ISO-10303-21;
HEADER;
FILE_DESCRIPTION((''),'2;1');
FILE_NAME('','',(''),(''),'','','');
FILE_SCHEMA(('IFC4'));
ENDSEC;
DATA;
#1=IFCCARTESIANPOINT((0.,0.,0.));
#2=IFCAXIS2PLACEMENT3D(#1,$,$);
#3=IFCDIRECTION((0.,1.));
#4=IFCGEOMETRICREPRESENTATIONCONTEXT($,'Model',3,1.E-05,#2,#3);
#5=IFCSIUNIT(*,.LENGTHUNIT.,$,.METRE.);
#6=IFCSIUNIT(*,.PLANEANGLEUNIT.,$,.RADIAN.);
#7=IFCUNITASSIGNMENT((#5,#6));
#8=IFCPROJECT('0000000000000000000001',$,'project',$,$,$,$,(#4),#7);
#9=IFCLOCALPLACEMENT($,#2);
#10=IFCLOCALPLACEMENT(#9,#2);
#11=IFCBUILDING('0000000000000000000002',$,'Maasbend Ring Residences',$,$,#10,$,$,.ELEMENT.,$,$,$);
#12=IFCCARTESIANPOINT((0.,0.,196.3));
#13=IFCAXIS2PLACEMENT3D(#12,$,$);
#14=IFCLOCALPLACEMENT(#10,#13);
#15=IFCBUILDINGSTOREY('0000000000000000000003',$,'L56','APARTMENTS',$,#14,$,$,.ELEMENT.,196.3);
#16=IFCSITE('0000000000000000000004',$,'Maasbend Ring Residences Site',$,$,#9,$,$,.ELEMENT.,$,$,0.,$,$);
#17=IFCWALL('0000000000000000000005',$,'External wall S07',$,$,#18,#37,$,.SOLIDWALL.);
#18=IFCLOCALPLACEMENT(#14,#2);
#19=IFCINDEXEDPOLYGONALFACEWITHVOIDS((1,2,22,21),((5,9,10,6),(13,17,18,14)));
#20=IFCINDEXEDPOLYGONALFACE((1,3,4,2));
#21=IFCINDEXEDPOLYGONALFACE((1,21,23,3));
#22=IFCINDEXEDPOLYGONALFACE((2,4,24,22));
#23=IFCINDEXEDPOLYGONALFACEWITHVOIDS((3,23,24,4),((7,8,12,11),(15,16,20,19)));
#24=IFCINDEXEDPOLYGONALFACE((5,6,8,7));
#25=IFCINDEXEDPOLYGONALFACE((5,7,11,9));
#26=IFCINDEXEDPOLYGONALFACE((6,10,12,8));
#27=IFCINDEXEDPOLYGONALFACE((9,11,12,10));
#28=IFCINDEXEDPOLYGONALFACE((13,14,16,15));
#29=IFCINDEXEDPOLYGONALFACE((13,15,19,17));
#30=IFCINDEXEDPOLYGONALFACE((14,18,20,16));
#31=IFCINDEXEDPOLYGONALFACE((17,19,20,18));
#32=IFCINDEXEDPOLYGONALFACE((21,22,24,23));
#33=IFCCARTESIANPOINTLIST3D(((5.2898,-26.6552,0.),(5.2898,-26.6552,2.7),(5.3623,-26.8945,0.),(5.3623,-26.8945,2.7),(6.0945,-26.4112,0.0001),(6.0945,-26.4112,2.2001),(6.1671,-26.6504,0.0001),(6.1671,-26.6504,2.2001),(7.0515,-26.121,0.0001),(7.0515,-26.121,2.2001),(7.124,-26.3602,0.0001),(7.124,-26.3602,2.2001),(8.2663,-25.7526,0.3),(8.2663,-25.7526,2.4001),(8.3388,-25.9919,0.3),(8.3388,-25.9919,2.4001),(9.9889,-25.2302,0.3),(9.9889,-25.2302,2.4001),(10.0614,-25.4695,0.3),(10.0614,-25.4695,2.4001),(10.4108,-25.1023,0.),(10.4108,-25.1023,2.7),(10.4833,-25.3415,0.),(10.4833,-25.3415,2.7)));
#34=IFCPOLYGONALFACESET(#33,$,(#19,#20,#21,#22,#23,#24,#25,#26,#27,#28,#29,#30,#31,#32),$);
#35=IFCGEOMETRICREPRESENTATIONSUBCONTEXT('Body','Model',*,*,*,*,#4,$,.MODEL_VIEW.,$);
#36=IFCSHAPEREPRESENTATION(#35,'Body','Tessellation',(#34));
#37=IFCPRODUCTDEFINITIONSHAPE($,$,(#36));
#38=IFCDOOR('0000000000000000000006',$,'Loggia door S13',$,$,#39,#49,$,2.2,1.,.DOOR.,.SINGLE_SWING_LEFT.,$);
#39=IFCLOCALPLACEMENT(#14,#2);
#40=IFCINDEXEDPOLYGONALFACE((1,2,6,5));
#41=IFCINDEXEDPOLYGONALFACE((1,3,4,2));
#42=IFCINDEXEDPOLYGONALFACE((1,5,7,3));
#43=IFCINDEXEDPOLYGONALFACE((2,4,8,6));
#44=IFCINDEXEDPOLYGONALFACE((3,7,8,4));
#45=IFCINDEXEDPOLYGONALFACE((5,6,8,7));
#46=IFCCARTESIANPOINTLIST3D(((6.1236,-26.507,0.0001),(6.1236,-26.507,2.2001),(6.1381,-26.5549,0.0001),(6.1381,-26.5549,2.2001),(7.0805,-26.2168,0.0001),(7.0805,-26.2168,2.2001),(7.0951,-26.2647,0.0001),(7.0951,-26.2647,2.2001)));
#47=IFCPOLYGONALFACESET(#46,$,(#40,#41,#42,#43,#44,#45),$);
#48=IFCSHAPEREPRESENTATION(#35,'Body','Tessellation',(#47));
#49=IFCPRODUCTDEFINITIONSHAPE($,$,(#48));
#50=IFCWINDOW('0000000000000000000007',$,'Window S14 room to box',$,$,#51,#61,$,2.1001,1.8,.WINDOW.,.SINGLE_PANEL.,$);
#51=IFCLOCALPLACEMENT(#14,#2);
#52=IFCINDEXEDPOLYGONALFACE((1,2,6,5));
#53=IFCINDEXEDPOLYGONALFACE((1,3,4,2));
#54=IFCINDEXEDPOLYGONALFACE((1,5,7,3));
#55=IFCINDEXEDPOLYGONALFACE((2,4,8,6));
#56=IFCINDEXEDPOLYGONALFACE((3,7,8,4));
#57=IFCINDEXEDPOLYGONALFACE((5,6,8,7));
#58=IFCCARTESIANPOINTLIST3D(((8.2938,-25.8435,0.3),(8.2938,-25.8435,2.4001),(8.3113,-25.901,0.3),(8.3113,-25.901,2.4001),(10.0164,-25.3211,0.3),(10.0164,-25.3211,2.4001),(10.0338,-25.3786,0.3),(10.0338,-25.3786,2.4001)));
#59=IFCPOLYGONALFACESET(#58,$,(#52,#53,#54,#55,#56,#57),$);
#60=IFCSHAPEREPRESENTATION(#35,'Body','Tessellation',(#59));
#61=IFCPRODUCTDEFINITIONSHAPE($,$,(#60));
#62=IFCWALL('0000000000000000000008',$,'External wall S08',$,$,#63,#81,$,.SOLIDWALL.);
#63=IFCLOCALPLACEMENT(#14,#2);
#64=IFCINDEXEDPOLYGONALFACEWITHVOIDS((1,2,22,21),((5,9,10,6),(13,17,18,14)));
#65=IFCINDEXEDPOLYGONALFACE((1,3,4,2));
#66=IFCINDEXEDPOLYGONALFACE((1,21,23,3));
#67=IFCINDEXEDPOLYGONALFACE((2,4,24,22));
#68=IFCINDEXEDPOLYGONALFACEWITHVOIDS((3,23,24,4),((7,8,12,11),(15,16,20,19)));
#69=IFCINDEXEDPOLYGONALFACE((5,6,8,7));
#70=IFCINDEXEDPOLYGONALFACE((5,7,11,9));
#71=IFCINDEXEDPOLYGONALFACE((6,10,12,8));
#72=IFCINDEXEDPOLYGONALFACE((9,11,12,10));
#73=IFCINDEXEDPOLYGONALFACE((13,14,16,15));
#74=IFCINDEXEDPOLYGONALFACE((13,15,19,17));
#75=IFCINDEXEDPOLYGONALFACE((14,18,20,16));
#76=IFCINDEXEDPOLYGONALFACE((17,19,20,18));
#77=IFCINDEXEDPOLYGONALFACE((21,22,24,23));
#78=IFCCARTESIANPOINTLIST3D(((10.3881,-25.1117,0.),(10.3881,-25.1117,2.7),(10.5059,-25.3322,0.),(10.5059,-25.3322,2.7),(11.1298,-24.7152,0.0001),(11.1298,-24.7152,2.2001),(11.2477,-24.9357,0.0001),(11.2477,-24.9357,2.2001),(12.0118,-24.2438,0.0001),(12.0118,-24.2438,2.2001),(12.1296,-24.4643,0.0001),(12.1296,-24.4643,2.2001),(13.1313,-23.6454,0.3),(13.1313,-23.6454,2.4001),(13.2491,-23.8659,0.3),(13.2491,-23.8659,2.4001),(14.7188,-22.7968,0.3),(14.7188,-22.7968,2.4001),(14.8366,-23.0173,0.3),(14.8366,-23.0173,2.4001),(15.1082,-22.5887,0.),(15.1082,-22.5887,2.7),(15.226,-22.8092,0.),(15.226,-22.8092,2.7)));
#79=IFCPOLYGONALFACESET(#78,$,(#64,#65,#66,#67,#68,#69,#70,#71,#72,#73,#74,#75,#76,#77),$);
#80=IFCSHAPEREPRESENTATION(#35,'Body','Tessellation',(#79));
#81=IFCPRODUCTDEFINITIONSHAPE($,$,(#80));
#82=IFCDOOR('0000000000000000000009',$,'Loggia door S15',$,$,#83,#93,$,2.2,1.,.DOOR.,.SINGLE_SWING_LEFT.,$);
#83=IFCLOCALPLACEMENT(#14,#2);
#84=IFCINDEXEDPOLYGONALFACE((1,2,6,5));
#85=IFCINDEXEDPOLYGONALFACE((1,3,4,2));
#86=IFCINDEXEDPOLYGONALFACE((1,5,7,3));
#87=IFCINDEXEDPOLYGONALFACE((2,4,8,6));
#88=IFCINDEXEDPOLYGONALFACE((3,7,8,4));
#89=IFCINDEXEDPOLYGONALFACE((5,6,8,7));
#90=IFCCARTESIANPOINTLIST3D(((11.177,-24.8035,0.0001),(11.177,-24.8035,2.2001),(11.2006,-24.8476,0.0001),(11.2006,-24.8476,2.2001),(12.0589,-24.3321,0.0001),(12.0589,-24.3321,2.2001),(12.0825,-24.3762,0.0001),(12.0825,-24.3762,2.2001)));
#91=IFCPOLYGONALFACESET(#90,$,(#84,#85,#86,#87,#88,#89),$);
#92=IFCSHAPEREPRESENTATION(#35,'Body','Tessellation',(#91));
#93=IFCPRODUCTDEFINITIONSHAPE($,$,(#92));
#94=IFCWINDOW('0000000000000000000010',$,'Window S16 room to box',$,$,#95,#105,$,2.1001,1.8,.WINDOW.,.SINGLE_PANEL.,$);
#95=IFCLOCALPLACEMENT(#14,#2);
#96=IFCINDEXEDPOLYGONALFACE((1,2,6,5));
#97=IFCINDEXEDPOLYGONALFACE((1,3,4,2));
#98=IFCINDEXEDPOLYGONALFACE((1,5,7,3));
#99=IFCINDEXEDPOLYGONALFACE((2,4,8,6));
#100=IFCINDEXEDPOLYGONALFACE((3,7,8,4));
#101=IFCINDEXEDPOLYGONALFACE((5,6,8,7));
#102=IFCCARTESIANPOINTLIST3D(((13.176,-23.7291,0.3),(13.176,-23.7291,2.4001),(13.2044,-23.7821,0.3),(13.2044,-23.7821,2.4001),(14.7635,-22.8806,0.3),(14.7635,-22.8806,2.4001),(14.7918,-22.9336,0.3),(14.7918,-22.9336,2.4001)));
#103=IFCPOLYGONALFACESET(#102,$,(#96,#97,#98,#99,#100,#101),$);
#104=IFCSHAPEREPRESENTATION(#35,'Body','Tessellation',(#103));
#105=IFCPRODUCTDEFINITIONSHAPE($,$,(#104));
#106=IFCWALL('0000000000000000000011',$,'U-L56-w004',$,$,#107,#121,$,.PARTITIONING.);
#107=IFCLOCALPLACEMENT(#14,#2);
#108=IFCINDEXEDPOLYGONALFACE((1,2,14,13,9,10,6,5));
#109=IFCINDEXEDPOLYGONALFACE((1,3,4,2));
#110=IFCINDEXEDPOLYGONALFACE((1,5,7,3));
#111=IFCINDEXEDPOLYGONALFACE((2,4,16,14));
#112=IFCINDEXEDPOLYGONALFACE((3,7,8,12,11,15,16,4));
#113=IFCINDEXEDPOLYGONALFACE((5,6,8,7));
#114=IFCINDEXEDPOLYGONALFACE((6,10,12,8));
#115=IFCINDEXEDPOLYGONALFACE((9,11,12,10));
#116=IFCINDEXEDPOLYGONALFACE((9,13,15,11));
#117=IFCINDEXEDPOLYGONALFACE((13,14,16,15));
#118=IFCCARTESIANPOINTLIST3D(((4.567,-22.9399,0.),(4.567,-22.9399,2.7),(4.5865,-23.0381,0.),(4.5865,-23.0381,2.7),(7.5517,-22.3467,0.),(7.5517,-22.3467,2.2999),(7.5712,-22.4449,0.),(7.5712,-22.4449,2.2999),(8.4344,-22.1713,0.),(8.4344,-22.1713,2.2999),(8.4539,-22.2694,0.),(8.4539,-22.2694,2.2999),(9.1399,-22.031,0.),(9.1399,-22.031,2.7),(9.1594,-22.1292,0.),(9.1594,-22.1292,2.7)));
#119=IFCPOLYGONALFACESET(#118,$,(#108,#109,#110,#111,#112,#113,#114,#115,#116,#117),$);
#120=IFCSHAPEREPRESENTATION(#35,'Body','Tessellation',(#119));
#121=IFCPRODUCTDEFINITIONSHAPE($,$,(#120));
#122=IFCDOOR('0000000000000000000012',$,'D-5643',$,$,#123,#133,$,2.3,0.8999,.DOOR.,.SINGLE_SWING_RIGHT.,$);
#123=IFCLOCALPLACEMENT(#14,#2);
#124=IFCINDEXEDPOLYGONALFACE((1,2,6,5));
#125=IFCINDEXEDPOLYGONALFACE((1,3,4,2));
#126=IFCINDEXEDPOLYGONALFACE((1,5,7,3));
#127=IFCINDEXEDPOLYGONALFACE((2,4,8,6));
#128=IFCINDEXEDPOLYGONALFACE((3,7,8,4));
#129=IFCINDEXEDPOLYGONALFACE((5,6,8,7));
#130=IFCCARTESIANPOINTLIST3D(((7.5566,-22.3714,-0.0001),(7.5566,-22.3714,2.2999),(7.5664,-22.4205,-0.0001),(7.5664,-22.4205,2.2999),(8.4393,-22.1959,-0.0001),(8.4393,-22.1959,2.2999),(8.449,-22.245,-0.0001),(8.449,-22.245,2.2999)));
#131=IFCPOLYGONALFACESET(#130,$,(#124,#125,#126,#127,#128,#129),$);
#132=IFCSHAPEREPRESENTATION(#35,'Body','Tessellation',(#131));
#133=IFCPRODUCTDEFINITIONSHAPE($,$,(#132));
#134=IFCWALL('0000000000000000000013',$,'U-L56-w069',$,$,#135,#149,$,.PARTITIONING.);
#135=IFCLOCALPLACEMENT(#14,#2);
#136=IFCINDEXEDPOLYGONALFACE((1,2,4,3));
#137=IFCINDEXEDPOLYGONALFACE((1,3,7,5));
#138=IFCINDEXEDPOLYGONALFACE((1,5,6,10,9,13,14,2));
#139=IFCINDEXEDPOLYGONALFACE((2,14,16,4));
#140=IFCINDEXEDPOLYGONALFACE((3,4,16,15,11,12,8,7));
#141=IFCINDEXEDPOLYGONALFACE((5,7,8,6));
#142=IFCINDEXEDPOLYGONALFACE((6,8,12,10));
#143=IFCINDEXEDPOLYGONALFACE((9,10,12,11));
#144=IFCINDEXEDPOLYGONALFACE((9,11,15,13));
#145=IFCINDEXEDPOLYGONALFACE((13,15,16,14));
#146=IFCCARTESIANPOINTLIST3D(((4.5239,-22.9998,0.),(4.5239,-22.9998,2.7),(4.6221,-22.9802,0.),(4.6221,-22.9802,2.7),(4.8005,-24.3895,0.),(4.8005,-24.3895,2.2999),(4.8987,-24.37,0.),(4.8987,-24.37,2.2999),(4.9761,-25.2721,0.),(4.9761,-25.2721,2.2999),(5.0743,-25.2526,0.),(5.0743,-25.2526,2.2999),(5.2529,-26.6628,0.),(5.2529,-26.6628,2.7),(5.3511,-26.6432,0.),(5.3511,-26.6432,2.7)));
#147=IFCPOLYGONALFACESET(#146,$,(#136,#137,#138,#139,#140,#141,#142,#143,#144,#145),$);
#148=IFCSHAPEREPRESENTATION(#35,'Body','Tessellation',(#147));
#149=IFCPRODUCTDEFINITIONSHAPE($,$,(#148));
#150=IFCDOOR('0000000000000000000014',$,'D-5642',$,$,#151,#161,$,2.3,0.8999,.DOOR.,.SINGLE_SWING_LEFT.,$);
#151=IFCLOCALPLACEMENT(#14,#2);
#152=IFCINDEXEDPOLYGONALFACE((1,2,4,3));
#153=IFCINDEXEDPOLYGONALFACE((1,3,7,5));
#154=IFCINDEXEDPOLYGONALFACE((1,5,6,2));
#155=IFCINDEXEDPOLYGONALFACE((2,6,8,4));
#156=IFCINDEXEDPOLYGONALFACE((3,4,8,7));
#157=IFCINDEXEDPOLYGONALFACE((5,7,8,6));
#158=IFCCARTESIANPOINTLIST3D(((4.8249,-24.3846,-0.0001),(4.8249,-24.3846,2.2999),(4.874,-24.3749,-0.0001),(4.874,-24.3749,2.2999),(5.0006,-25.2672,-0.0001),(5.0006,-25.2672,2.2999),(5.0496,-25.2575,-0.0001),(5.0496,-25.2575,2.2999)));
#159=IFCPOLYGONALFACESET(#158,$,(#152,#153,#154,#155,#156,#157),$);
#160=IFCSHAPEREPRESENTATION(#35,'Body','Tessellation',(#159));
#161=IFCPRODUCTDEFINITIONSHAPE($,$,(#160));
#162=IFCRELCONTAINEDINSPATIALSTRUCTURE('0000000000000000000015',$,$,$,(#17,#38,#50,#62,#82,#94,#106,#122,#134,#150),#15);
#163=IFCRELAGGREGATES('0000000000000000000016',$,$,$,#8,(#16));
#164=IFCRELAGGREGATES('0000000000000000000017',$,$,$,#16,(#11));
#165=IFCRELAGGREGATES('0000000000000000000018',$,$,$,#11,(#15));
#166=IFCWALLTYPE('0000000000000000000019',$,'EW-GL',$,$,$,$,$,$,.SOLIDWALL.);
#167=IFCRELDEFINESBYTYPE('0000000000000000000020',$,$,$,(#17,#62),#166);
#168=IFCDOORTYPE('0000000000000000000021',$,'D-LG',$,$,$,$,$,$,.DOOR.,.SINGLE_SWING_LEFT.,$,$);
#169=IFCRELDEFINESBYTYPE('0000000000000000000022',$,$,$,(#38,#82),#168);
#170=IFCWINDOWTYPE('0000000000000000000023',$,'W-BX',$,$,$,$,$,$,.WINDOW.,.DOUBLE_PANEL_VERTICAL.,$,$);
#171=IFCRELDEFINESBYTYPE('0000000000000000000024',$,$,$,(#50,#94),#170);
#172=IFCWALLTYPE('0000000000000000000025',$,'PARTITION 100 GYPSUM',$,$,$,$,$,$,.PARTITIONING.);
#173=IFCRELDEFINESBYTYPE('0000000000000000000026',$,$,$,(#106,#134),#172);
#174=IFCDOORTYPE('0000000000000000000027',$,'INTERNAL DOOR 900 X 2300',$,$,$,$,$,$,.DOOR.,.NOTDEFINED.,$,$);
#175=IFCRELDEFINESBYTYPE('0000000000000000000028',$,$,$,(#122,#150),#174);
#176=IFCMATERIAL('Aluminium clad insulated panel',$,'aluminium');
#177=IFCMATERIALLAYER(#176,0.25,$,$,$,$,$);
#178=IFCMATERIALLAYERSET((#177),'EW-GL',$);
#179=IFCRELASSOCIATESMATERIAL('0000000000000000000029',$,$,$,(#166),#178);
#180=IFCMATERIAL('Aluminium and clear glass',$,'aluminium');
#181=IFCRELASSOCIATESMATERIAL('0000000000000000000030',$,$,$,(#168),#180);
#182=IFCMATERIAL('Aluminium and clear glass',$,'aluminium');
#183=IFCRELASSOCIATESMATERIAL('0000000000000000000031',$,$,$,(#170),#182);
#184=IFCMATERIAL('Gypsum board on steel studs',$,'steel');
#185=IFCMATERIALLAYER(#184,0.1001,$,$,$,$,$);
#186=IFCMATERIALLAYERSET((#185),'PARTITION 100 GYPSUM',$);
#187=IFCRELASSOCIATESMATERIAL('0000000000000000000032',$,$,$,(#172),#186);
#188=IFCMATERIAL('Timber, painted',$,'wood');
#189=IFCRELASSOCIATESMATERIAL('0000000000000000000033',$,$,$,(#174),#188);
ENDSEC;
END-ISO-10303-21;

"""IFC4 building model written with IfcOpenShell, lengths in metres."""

from ifc_helpers import new_model, si_unit, direction, frame, frame_2d, origin, place, context, subcontext, project, spatial, rectangle, extrude, material, layer, layer_set, type_object, element, fill, save


model = new_model("IFC4")

# Units and contexts
model_context = context("Model", 3, precision=1e-05, world=origin(), true_north=direction((0.0, 1.0)))
body_context = subcontext(model_context, "Body", "Model", "MODEL_VIEW")
ifc_project = project(units=[si_unit("LENGTHUNIT", "METRE"), si_unit("PLANEANGLEUNIT", "RADIAN")], contexts=[model_context])

# Site, building, storey
site_placement = place(None, origin())
site = spatial("IfcSite", under=ifc_project, at=site_placement, Name="Maasbend Ring Residences Site", CompositionType="ELEMENT", RefElevation=0.0)
building_placement = place(site_placement, origin())
building = spatial("IfcBuilding", under=site, at=building_placement, Name="Maasbend Ring Residences", CompositionType="ELEMENT")
storey_placement = place(building_placement, frame((0.0, 0.0, 196.3)))
storey = spatial("IfcBuildingStorey", under=building, at=storey_placement, Name="L56", Description="APARTMENTS", CompositionType="ELEMENT", Elevation=196.3)

# Walls, openings, doors, windows
ifc_material_1 = material(Name="Aluminium clad insulated panel", Category="aluminium")
ifc_layer_1 = layer(ifc_material_1, 0.25)
ifc_layer_set_1 = layer_set([ifc_layer_1], Name="EW-GL")
wall_type_1 = type_object("IfcWallType", Name="EW-GL", PredefinedType="SOLIDWALL", material=ifc_layer_set_1)
wall_1_placement = place(storey_placement, frame((5.3259, -26.7749, 0.0), z_axis=(0.0, 0.0, 1.0), x_axis=(0.956966, 0.290201, 0.0)))
wall_1 = element("IfcWall", 1, at=wall_1_placement, inside=storey, type_object=wall_type_1, Name="External wall S07", PredefinedType="SOLIDWALL", context=body_context, shape_type="SweptSolid", body=[
    extrude(rectangle(XDim=5.3513, YDim=0.25, at=frame_2d((2.6758, 0.0))), origin(), (0.0, 0.0, 1.0), 2.7),
])
opening_1_placement = place(wall_1_placement, frame((0.8411, 0.0, 0.0)))
opening_1 = element("IfcOpeningElement", 2, at=opening_1_placement, cuts=wall_1, PredefinedType="OPENING", context=body_context, shape_type="SweptSolid", body=[
    extrude(rectangle(XDim=1.0, YDim=2.2, at=frame_2d((0.5, 1.1001))), frame((0.0, 0.135, 0.0), z_axis=(0.0, -1.0, 0.0), x_axis=(1.0, 0.0, 0.0)), (0.0, 0.0, 1.0), 0.27),
])
opening_2_placement = place(wall_1_placement, frame((3.1106, 0.0, 0.3)))
opening_2 = element("IfcOpeningElement", 3, at=opening_2_placement, cuts=wall_1, PredefinedType="OPENING", context=body_context, shape_type="SweptSolid", body=[
    extrude(rectangle(XDim=1.8, YDim=2.1001, at=frame_2d((0.8999, 1.05))), frame((0.0, 0.135, 0.0), z_axis=(0.0, -1.0, 0.0), x_axis=(1.0, 0.0, 0.0)), (0.0, 0.0, 1.0), 0.27),
])
ifc_material_2 = material(Name="Aluminium and clear glass", Category="aluminium")
door_type_1 = type_object("IfcDoorType", Name="D-LG", OperationType="SINGLE_SWING_LEFT", PredefinedType="DOOR", material=ifc_material_2)
door_1_placement = place(opening_1_placement, origin())
door_1 = element("IfcDoor", 4, at=door_1_placement, inside=storey, type_object=door_type_1, Name="Loggia door S13", OperationType="SINGLE_SWING_LEFT", OverallHeight=2.2, OverallWidth=1.0, PredefinedType="DOOR", context=body_context, shape_type="SweptSolid", body=[
    extrude(rectangle(XDim=1.0, YDim=2.2, at=frame_2d((0.5, 1.1001))), frame((0.0, 0.0249, 0.0), z_axis=(0.0, -1.0, 0.0), x_axis=(1.0, 0.0, 0.0)), (0.0, 0.0, 1.0), 0.05),
])
fill(opening_1, door_1)
ifc_material_3 = material(Name="Aluminium and clear glass", Category="aluminium")
window_type_1 = type_object("IfcWindowType", Name="W-BX", PartitioningType="DOUBLE_PANEL_VERTICAL", PredefinedType="WINDOW", material=ifc_material_3)
window_1_placement = place(opening_2_placement, origin())
window_1 = element("IfcWindow", 5, at=window_1_placement, inside=storey, type_object=window_type_1, Name="Window S14 room to box", OverallHeight=2.1001, OverallWidth=1.8, PartitioningType="SINGLE_PANEL", PredefinedType="WINDOW", context=body_context, shape_type="SweptSolid", body=[
    extrude(rectangle(XDim=1.8, YDim=2.1001, at=frame_2d((0.8999, 1.05))), frame((0.0, 0.03, 0.0), z_axis=(0.0, -1.0, 0.0), x_axis=(1.0, 0.0, 0.0)), (0.0, 0.0, 1.0), 0.0601),
])
fill(opening_2, window_1)
wall_2_placement = place(storey_placement, frame((10.447, -25.2219, 0.0), z_axis=(0.0, 0.0, 1.0), x_axis=(0.881916, 0.471407, 0.0)))
wall_2 = element("IfcWall", 6, at=wall_2_placement, inside=storey, type_object=wall_type_1, Name="External wall S08", PredefinedType="SOLIDWALL", context=body_context, shape_type="SweptSolid", body=[
    extrude(rectangle(XDim=5.3521, YDim=0.25, at=frame_2d((2.676, 0.0))), origin(), (0.0, 0.0, 1.0), 2.7),
])
opening_3_placement = place(wall_2_placement, frame((0.8411, 0.0, 0.0)))
opening_3 = element("IfcOpeningElement", 7, at=opening_3_placement, cuts=wall_2, PredefinedType="OPENING", context=body_context, shape_type="SweptSolid", body=[
    extrude(rectangle(XDim=1.0, YDim=2.2, at=frame_2d((0.5, 1.1001))), frame((0.0, 0.135, 0.0), z_axis=(0.0, -1.0, 0.0), x_axis=(1.0, 0.0, 0.0)), (0.0, 0.0, 1.0), 0.27),
])
opening_4_placement = place(wall_2_placement, frame((3.1106, 0.0, 0.3)))
opening_4 = element("IfcOpeningElement", 8, at=opening_4_placement, cuts=wall_2, PredefinedType="OPENING", context=body_context, shape_type="SweptSolid", body=[
    extrude(rectangle(XDim=1.8, YDim=2.1001, at=frame_2d((0.8999, 1.05))), frame((0.0, 0.135, 0.0), z_axis=(0.0, -1.0, 0.0), x_axis=(1.0, 0.0, 0.0)), (0.0, 0.0, 1.0), 0.27),
])
door_2_placement = place(opening_3_placement, origin())
door_2 = element("IfcDoor", 9, at=door_2_placement, inside=storey, type_object=door_type_1, Name="Loggia door S15", OperationType="SINGLE_SWING_LEFT", OverallHeight=2.2, OverallWidth=1.0, PredefinedType="DOOR", context=body_context, shape_type="SweptSolid", body=[
    extrude(rectangle(XDim=1.0, YDim=2.2, at=frame_2d((0.5, 1.1001))), frame((0.0, 0.0249, 0.0), z_axis=(0.0, -1.0, 0.0), x_axis=(1.0, 0.0, 0.0)), (0.0, 0.0, 1.0), 0.05),
])
fill(opening_3, door_2)
window_2_placement = place(opening_4_placement, origin())
window_2 = element("IfcWindow", 10, at=window_2_placement, inside=storey, type_object=window_type_1, Name="Window S16 room to box", OverallHeight=2.1001, OverallWidth=1.8, PartitioningType="SINGLE_PANEL", PredefinedType="WINDOW", context=body_context, shape_type="SweptSolid", body=[
    extrude(rectangle(XDim=1.8, YDim=2.1001, at=frame_2d((0.8999, 1.05))), frame((0.0, 0.03, 0.0), z_axis=(0.0, -1.0, 0.0), x_axis=(1.0, 0.0, 0.0)), (0.0, 0.0, 1.0), 0.0601),
])
fill(opening_4, window_2)

# Walls, openings, doors
ifc_material_4 = material(Name="Gypsum board on steel studs", Category="steel")
ifc_layer_2 = layer(ifc_material_4, 0.1001)
ifc_layer_set_2 = layer_set([ifc_layer_2], Name="PARTITION 100 GYPSUM")
wall_type_2 = type_object("IfcWallType", Name="PARTITION 100 GYPSUM", PredefinedType="PARTITIONING", material=ifc_layer_set_2)
wall_3_placement = place(storey_placement, frame((4.5769, -22.989, 0.0), z_axis=(0.0, 0.0, 1.0), x_axis=(0.980814, 0.194948, 0.0)))
wall_3 = element("IfcWall", 11, at=wall_3_placement, inside=storey, type_object=wall_type_2, Name="U-L56-w004", PredefinedType="PARTITIONING", context=body_context, shape_type="SweptSolid", body=[
    extrude(rectangle(XDim=4.6624, YDim=0.1001, at=frame_2d((2.3311, 0.0))), origin(), (0.0, 0.0, 1.0), 2.7),
])
opening_5_placement = place(wall_3_placement, frame((3.043, 0.0, 0.0)))
opening_5 = element("IfcOpeningElement", 12, at=opening_5_placement, cuts=wall_3, PredefinedType="OPENING", context=body_context, shape_type="SweptSolid", body=[
    extrude(rectangle(XDim=0.8999, YDim=2.3, at=frame_2d((0.45, 1.1499))), frame((0.0, 0.0601, 0.0), z_axis=(0.0, -1.0, 0.0), x_axis=(1.0, 0.0, 0.0)), (0.0, 0.0, 1.0), 0.1201),
])
ifc_material_5 = material(Name="Timber, painted", Category="wood")
door_type_2 = type_object("IfcDoorType", Name="INTERNAL DOOR 900 X 2300", OperationType="NOTDEFINED", PredefinedType="DOOR", material=ifc_material_5)
door_3_placement = place(opening_5_placement, origin())
door_3 = element("IfcDoor", 13, at=door_3_placement, inside=storey, type_object=door_type_2, Name="D-5643", OperationType="SINGLE_SWING_RIGHT", OverallHeight=2.3, OverallWidth=0.8999, PredefinedType="DOOR", context=body_context, shape_type="SweptSolid", body=[
    extrude(rectangle(XDim=0.8999, YDim=2.3, at=frame_2d((0.45, 1.1499))), frame((0.0, 0.0249, 0.0), z_axis=(0.0, -1.0, 0.0), x_axis=(1.0, 0.0, 0.0)), (0.0, 0.0, 1.0), 0.05),
])
fill(opening_5, door_3)
wall_4_placement = place(storey_placement, frame((4.573, -22.99, 0.0), z_axis=(0.0, 0.0, 1.0), x_axis=(0.195186, -0.980766, 0.0)))
wall_4 = element("IfcWall", 14, at=wall_4_placement, inside=storey, type_object=wall_type_2, Name="U-L56-w069", PredefinedType="PARTITIONING", context=body_context, shape_type="SweptSolid", body=[
    extrude(rectangle(XDim=3.7349, YDim=0.1001, at=frame_2d((1.8674, 0.0))), origin(), (0.0, 0.0, 1.0), 2.7),
])
opening_6_placement = place(wall_4_placement, frame((1.417, 0.0, 0.0)))
opening_6 = element("IfcOpeningElement", 15, at=opening_6_placement, cuts=wall_4, PredefinedType="OPENING", context=body_context, shape_type="SweptSolid", body=[
    extrude(rectangle(XDim=0.8999, YDim=2.3, at=frame_2d((0.45, 1.1499))), frame((0.0, 0.0601, 0.0), z_axis=(0.0, -1.0, 0.0), x_axis=(1.0, 0.0, 0.0)), (0.0, 0.0, 1.0), 0.1201),
])
door_4_placement = place(opening_6_placement, origin())
door_4 = element("IfcDoor", 16, at=door_4_placement, inside=storey, type_object=door_type_2, Name="D-5642", OperationType="SINGLE_SWING_LEFT", OverallHeight=2.3, OverallWidth=0.8999, PredefinedType="DOOR", context=body_context, shape_type="SweptSolid", body=[
    extrude(rectangle(XDim=0.8999, YDim=2.3, at=frame_2d((0.45, 1.1499))), frame((0.0, 0.0249, 0.0), z_axis=(0.0, -1.0, 0.0), x_axis=(1.0, 0.0, 0.0)), (0.0, 0.0, 1.0), 0.05),
])
fill(opening_6, door_4)

save(model, "model.ifc")
